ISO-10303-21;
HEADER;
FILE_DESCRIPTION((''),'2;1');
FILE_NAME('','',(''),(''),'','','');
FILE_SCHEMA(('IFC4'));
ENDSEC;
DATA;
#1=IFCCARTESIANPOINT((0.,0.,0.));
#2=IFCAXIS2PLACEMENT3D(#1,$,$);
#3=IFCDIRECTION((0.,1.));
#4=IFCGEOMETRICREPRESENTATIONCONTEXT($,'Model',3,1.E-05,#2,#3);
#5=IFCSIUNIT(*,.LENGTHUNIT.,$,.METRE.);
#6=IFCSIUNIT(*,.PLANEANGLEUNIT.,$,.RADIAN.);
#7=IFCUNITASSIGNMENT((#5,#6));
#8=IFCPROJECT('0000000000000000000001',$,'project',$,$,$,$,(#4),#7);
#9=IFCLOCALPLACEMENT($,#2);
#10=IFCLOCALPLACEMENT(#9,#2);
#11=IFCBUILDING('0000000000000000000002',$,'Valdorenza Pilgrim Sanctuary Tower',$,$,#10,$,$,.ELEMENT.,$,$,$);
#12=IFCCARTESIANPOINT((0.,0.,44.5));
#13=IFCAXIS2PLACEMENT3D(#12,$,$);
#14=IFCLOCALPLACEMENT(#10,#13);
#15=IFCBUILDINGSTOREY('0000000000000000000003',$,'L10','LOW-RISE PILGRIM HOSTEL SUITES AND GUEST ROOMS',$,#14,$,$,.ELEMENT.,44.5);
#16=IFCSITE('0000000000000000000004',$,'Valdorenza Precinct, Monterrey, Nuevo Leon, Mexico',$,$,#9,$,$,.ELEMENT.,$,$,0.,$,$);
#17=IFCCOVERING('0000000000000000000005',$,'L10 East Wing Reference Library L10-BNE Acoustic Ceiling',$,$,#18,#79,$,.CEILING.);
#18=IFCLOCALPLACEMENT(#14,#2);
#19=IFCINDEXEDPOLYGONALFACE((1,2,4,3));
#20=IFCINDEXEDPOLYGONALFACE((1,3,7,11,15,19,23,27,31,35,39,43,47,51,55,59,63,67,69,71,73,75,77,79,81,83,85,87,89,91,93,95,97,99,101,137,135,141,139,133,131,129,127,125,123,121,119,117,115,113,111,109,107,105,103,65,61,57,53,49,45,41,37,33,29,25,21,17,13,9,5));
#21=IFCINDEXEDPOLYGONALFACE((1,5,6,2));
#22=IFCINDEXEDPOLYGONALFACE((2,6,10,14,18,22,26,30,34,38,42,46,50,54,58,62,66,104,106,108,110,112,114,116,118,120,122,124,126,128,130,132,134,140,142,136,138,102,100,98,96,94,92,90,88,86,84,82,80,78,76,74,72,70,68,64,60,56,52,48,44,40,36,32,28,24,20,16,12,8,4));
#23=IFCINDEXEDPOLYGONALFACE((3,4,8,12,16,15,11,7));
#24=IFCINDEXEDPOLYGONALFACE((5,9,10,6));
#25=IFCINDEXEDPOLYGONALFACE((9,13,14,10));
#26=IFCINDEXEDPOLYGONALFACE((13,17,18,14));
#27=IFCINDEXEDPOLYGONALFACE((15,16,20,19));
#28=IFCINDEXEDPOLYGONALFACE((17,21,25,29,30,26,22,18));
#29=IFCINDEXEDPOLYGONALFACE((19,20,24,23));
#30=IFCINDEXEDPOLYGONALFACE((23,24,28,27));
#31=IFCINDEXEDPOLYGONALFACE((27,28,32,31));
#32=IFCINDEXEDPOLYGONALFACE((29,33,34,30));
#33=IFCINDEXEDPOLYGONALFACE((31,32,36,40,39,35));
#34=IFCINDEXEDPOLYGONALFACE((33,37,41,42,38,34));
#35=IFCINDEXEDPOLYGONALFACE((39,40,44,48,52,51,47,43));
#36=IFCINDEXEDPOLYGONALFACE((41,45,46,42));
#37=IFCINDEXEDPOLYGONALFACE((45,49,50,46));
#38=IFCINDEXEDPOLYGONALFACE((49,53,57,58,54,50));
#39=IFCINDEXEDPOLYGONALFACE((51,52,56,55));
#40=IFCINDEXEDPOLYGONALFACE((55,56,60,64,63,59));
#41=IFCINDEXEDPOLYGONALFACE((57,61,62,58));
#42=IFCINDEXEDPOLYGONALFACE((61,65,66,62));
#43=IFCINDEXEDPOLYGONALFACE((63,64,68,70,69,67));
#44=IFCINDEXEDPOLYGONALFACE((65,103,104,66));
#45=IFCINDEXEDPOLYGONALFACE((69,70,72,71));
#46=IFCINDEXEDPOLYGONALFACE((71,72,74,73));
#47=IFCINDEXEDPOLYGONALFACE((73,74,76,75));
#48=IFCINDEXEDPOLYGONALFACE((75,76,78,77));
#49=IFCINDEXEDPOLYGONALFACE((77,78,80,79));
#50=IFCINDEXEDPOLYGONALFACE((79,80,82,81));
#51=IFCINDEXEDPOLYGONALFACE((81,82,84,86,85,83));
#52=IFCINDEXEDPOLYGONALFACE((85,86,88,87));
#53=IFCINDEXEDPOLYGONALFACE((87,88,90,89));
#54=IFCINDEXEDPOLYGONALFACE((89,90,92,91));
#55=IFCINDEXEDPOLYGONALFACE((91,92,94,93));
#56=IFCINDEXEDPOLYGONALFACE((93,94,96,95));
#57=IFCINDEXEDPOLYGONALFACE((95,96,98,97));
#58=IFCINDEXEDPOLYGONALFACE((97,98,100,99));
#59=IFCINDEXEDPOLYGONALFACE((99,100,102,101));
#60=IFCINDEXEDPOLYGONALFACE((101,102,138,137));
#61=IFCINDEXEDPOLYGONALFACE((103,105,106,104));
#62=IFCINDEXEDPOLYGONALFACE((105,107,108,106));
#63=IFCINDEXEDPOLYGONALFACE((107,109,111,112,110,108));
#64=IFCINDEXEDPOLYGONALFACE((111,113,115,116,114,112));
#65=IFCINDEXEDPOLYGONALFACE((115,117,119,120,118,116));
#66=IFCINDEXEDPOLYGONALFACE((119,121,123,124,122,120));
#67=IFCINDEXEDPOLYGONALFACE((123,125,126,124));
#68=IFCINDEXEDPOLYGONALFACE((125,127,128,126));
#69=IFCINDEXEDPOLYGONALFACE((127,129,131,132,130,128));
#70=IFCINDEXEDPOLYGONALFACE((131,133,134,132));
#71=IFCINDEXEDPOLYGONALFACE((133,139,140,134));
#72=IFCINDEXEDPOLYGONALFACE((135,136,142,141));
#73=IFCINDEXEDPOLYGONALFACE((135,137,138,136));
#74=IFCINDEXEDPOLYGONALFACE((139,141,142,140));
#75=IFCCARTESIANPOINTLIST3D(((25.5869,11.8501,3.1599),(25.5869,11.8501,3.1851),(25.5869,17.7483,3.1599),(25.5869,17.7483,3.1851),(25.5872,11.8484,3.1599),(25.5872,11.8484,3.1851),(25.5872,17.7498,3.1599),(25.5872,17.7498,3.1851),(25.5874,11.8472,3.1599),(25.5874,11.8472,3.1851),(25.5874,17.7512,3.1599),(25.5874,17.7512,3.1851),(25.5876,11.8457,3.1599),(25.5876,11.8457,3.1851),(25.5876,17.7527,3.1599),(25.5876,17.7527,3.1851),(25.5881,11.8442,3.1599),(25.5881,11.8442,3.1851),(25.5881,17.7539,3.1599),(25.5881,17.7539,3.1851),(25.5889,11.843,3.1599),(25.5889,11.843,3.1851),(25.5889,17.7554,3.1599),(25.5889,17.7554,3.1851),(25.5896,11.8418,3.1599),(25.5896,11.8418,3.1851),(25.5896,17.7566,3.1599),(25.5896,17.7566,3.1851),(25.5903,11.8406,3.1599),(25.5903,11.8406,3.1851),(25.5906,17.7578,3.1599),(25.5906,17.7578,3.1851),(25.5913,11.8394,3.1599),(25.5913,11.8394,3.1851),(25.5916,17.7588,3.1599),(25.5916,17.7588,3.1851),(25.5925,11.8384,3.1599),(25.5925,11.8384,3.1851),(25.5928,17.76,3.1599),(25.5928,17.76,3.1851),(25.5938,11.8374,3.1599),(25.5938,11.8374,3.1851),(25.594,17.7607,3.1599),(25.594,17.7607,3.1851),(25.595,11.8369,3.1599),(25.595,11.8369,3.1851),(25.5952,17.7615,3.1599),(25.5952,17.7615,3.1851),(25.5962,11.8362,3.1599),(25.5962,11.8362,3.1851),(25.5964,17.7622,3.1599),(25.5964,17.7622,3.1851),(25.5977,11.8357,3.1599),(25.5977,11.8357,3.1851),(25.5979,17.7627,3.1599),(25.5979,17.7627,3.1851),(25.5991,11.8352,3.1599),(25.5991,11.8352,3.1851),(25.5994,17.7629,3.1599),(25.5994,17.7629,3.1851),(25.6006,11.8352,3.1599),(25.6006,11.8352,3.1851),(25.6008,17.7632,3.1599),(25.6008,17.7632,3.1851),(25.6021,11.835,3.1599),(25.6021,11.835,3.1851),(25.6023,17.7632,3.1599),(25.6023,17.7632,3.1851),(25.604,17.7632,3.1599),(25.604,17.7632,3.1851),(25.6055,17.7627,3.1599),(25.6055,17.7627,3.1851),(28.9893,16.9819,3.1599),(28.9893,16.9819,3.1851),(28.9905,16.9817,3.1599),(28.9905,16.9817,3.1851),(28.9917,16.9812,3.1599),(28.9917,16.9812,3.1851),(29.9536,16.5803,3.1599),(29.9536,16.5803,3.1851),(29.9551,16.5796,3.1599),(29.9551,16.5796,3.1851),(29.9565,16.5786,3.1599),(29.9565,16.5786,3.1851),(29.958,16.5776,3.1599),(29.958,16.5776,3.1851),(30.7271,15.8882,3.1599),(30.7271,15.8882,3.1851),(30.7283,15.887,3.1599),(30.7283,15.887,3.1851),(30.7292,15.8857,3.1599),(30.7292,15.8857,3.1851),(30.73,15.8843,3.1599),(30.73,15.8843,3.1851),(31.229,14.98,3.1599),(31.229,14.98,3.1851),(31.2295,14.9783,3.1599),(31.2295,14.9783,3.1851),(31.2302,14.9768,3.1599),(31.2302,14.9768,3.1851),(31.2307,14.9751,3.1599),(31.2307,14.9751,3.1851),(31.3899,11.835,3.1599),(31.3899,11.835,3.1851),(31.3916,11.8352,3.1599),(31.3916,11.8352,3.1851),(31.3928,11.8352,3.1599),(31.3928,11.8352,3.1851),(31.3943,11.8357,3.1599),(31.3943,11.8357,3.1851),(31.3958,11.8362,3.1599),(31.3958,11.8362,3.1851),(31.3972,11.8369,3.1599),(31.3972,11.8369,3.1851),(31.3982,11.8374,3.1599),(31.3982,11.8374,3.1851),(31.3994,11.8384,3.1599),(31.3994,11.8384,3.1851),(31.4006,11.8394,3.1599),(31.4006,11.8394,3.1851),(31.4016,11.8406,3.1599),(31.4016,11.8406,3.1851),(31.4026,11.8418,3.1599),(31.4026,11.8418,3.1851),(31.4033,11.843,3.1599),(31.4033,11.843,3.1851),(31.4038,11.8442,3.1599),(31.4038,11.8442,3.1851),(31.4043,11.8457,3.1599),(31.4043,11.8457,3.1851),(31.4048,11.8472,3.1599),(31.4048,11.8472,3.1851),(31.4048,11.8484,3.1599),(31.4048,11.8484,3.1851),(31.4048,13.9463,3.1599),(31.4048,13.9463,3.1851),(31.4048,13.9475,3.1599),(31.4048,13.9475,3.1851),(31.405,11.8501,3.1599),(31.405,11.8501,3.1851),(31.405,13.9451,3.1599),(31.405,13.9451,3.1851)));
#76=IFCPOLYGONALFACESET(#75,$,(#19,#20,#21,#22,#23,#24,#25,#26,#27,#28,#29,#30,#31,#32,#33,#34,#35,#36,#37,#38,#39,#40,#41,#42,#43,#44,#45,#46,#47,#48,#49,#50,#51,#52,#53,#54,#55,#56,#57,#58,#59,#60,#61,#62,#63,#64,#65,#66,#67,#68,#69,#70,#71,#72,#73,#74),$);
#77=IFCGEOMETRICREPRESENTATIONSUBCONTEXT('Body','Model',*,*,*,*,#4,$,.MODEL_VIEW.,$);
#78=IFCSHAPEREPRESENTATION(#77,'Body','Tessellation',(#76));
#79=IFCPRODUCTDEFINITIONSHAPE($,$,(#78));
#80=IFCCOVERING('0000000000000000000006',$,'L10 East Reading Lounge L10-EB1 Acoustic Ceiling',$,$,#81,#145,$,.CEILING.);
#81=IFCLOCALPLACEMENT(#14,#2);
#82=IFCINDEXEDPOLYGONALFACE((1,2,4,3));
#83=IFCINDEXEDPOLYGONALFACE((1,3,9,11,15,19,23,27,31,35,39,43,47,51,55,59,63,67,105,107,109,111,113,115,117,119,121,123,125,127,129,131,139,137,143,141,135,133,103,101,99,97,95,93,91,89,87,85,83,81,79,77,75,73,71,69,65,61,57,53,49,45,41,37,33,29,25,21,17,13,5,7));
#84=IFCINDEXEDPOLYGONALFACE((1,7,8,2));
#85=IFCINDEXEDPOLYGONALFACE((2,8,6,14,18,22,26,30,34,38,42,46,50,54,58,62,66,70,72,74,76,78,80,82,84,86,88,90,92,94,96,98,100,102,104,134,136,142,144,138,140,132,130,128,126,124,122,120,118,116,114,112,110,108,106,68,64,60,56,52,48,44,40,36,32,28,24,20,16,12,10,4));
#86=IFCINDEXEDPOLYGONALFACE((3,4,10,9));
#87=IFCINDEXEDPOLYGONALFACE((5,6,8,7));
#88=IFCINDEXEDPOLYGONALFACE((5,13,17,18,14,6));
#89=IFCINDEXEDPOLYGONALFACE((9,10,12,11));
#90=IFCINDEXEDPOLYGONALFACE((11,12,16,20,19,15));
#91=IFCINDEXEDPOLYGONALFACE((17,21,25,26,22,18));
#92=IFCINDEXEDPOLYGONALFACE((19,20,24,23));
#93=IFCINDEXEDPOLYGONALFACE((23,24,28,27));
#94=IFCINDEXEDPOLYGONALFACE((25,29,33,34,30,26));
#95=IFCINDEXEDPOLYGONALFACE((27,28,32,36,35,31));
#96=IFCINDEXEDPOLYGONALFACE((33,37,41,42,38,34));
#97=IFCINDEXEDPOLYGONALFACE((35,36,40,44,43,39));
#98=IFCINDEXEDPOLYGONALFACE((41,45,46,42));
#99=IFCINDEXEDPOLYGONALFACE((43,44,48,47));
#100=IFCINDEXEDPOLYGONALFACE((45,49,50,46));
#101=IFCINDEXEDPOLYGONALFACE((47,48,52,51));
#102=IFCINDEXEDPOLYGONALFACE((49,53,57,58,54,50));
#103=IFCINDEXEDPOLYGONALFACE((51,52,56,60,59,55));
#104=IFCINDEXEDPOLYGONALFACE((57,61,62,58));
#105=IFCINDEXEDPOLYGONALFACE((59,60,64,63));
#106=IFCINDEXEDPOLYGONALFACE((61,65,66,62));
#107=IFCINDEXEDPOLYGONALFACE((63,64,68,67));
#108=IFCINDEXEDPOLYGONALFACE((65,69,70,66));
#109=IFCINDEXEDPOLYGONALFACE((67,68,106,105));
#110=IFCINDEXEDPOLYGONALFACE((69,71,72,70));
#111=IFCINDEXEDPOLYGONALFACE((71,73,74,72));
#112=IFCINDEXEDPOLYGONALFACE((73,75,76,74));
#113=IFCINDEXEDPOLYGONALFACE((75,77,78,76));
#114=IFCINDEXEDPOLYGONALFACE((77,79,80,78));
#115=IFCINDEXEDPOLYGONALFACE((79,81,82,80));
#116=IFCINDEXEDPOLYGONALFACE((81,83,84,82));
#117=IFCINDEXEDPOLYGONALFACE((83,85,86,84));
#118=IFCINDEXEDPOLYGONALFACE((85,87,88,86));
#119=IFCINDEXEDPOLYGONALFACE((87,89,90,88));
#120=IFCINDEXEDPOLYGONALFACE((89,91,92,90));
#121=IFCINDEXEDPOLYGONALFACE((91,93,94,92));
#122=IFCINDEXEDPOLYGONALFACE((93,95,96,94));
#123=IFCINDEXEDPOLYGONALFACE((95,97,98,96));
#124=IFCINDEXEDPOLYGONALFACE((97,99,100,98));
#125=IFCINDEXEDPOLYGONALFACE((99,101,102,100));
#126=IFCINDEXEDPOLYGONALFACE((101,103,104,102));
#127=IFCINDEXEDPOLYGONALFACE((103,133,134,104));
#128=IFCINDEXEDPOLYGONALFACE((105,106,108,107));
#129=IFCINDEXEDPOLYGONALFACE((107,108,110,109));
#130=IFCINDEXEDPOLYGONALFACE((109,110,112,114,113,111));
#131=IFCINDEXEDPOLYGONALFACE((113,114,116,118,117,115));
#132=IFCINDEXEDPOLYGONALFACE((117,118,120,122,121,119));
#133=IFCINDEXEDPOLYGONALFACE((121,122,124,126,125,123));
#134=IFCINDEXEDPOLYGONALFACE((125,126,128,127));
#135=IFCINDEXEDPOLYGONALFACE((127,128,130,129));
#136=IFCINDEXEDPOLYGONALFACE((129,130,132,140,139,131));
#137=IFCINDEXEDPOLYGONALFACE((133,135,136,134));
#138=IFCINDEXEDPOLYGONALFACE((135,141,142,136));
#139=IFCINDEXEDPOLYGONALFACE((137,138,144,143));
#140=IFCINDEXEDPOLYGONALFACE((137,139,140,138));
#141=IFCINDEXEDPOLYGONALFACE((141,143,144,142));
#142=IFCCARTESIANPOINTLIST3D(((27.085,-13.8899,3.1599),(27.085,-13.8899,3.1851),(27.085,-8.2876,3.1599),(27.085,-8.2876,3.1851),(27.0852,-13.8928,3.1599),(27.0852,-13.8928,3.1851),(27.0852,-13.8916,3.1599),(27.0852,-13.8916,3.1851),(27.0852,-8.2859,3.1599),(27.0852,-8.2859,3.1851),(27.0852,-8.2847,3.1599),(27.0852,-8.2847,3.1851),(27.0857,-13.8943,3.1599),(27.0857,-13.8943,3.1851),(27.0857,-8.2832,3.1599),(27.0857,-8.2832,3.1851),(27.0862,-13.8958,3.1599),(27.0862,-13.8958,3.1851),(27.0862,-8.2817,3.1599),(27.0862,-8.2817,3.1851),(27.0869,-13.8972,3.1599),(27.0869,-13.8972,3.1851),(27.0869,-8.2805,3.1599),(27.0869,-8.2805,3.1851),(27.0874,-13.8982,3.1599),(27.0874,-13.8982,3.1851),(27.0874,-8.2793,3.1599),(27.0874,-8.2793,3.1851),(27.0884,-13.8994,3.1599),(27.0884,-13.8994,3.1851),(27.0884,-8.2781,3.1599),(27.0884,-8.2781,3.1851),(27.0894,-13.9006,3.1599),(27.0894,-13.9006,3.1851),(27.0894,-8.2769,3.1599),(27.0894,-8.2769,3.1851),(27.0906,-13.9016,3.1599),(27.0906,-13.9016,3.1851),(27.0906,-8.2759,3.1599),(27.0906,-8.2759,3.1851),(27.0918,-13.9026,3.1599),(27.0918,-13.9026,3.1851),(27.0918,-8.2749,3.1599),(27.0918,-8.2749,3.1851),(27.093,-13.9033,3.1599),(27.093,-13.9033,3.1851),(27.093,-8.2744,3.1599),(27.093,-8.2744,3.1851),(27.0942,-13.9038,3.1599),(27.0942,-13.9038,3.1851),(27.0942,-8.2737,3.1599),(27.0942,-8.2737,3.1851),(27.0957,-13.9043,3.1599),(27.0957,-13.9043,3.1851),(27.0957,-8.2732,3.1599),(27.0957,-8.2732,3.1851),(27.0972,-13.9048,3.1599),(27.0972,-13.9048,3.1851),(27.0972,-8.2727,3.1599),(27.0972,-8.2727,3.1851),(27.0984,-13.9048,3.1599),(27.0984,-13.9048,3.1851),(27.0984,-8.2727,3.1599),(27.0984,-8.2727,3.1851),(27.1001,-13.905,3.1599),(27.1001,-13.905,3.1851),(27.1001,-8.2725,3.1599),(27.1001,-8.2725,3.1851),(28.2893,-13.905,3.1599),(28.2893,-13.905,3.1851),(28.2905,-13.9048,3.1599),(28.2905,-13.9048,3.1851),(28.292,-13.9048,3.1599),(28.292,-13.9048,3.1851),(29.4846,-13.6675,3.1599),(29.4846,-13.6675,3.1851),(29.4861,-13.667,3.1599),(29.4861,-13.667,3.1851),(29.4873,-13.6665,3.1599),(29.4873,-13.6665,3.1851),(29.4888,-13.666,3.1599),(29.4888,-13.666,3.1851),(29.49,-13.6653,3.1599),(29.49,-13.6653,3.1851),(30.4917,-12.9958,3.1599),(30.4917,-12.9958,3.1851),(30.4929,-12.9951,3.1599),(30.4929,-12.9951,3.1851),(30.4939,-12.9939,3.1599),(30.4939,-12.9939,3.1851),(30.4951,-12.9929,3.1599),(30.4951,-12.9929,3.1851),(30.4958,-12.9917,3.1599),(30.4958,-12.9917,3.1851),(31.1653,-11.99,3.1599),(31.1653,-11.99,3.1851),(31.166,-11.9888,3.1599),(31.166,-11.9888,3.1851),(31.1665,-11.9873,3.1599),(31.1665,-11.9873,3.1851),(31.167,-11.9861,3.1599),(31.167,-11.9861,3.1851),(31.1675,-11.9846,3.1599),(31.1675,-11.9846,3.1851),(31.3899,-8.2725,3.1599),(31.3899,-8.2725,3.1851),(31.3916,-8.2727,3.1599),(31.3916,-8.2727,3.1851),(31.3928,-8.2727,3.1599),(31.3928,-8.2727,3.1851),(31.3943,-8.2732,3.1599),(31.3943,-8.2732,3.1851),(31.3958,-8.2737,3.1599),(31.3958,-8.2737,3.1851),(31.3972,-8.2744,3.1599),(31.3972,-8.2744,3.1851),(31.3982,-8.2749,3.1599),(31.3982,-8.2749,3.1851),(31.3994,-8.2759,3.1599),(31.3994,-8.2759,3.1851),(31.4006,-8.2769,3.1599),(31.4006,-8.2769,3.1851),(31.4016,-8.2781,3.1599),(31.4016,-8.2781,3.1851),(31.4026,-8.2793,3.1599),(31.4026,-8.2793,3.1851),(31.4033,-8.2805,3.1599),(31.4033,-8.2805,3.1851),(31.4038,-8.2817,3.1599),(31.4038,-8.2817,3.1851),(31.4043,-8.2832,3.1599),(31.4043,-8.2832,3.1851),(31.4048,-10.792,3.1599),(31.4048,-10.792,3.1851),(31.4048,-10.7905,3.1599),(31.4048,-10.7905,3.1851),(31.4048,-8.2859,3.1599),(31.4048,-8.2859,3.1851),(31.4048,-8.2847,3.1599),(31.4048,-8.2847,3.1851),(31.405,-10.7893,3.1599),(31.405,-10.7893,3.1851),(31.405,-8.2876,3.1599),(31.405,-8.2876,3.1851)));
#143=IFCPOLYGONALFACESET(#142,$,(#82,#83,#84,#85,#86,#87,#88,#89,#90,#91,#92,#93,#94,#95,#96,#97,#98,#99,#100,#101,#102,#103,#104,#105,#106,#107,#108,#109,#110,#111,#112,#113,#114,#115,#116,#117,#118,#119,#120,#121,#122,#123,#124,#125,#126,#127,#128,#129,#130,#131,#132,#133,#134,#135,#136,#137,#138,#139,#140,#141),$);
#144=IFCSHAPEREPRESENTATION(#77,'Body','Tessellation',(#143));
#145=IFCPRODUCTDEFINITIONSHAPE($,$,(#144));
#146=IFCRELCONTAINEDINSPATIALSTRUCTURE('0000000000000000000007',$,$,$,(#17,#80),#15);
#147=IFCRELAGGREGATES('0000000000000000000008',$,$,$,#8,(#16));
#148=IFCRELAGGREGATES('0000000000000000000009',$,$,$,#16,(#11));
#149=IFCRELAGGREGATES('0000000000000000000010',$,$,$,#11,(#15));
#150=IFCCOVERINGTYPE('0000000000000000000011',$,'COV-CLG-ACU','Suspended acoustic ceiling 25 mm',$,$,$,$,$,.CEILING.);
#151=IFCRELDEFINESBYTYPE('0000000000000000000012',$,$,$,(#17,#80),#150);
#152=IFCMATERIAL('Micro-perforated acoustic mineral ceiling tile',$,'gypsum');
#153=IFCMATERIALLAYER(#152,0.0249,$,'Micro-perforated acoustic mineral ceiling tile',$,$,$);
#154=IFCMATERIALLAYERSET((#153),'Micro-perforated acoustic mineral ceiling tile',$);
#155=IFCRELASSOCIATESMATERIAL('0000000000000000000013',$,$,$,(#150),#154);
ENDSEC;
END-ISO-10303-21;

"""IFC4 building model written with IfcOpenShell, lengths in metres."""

from ifc_helpers import new_model, si_unit, direction, frame, origin, place, context, subcontext, project, spatial, polyline, outline, extrude, material, layer, layer_set, type_object, element, save


model = new_model("IFC4")

# Units and contexts
model_context = context("Model", 3, precision=1e-05, world=origin(), true_north=direction((0.0, 1.0)))
body_context = subcontext(model_context, "Body", "Model", "MODEL_VIEW")
ifc_project = project(units=[si_unit("LENGTHUNIT", "METRE"), si_unit("PLANEANGLEUNIT", "RADIAN")], contexts=[model_context])

# Site, building, storey
site_placement = place(None, origin())
site = spatial("IfcSite", under=ifc_project, at=site_placement, Name="Valdorenza Precinct, Monterrey, Nuevo Leon, Mexico", CompositionType="ELEMENT", RefElevation=0.0)
building_placement = place(site_placement, origin())
building = spatial("IfcBuilding", under=site, at=building_placement, Name="Valdorenza Pilgrim Sanctuary Tower", CompositionType="ELEMENT")
storey_placement = place(building_placement, frame((0.0, 0.0, 44.5)))
storey = spatial("IfcBuildingStorey", under=building, at=storey_placement, Name="L10", Description="LOW-RISE PILGRIM HOSTEL SUITES AND GUEST ROOMS", CompositionType="ELEMENT", Elevation=44.5)

# Coverings
ifc_material_1 = material(Name="Micro-perforated acoustic mineral ceiling tile", Category="gypsum")
ifc_layer_1 = layer(ifc_material_1, 0.0249, Name="Micro-perforated acoustic mineral ceiling tile")
ifc_layer_set_1 = layer_set([ifc_layer_1], Name="Micro-perforated acoustic mineral ceiling tile")
covering_type_1 = type_object("IfcCoveringType", Name="COV-CLG-ACU", Description="Suspended acoustic ceiling 25 mm", PredefinedType="CEILING", material=ifc_layer_set_1)
covering_1_placement = place(storey_placement, frame((0.0, 0.0, 3.1599)))
element("IfcCovering", 1, at=covering_1_placement, inside=storey, type_object=covering_type_1, Name="L10 East Wing Reference Library L10-BNE Acoustic Ceiling", PredefinedType="CEILING", context=body_context, shape_type="SweptSolid", body=[
    extrude(outline(polyline([(28.9893, 16.9819), (28.9905, 16.9817), (28.9917, 16.9812), (29.9536, 16.5803), (29.9551, 16.5796), (29.9565, 16.5786), (29.958, 16.5776), (30.7271, 15.8882), (30.7283, 15.887), (30.7292, 15.8857), (30.73, 15.8843), (31.229, 14.98), (31.2295, 14.9783), (31.2302, 14.9768), (31.2307, 14.9751), (31.4048, 13.9475), (31.4048, 13.9463), (31.405, 13.9451), (31.405, 11.8501), (31.4048, 11.8484), (31.4048, 11.8472), (31.4043, 11.8457), (31.4038, 11.8442), (31.4033, 11.843), (31.4026, 11.8418), (31.4016, 11.8406), (31.4006, 11.8394), (31.3994, 11.8384), (31.3982, 11.8374), (31.3972, 11.8369), (31.3958, 11.8362), (31.3943, 11.8357), (31.3928, 11.8352), (31.3916, 11.8352), (31.3899, 11.835), (25.6021, 11.835), (25.6006, 11.8352), (25.5991, 11.8352), (25.5977, 11.8357), (25.5962, 11.8362), (25.595, 11.8369), (25.5938, 11.8374), (25.5925, 11.8384), (25.5913, 11.8394), (25.5903, 11.8406), (25.5896, 11.8418), (25.5889, 11.843), (25.5881, 11.8442), (25.5876, 11.8457), (25.5874, 11.8472), (25.5872, 11.8484), (25.5869, 11.8501), (25.5869, 17.7483), (25.5872, 17.7498), (25.5874, 17.7512), (25.5876, 17.7527), (25.5881, 17.7539), (25.5889, 17.7554), (25.5896, 17.7566), (25.5906, 17.7578), (25.5916, 17.7588), (25.5928, 17.76), (25.594, 17.7607), (25.5952, 17.7615), (25.5964, 17.7622), (25.5979, 17.7627), (25.5994, 17.7629), (25.6008, 17.7632), (25.6023, 17.7632), (25.604, 17.7632), (25.6055, 17.7627), (28.9893, 16.9819)])), origin(), (0.0, 0.0, 1.0), 0.0251),
])
covering_2_placement = place(storey_placement, frame((0.0, 0.0, 3.1599)))
element("IfcCovering", 2, at=covering_2_placement, inside=storey, type_object=covering_type_1, Name="L10 East Reading Lounge L10-EB1 Acoustic Ceiling", PredefinedType="CEILING", context=body_context, shape_type="SweptSolid", body=[
    extrude(outline(polyline([(31.3899, -8.2725), (31.3916, -8.2727), (31.3928, -8.2727), (31.3943, -8.2732), (31.3958, -8.2737), (31.3972, -8.2744), (31.3982, -8.2749), (31.3994, -8.2759), (31.4006, -8.2769), (31.4016, -8.2781), (31.4026, -8.2793), (31.4033, -8.2805), (31.4038, -8.2817), (31.4043, -8.2832), (31.4048, -8.2847), (31.4048, -8.2859), (31.405, -8.2876), (31.405, -10.7893), (31.4048, -10.7905), (31.4048, -10.792), (31.1675, -11.9846), (31.167, -11.9861), (31.1665, -11.9873), (31.166, -11.9888), (31.1653, -11.99), (30.4958, -12.9917), (30.4951, -12.9929), (30.4939, -12.9939), (30.4929, -12.9951), (30.4917, -12.9958), (29.49, -13.6653), (29.4888, -13.666), (29.4873, -13.6665), (29.4861, -13.667), (29.4846, -13.6675), (28.292, -13.9048), (28.2905, -13.9048), (28.2893, -13.905), (27.1001, -13.905), (27.0984, -13.9048), (27.0972, -13.9048), (27.0957, -13.9043), (27.0942, -13.9038), (27.093, -13.9033), (27.0918, -13.9026), (27.0906, -13.9016), (27.0894, -13.9006), (27.0884, -13.8994), (27.0874, -13.8982), (27.0869, -13.8972), (27.0862, -13.8958), (27.0857, -13.8943), (27.0852, -13.8928), (27.0852, -13.8916), (27.085, -13.8899), (27.085, -8.2876), (27.0852, -8.2859), (27.0852, -8.2847), (27.0857, -8.2832), (27.0862, -8.2817), (27.0869, -8.2805), (27.0874, -8.2793), (27.0884, -8.2781), (27.0894, -8.2769), (27.0906, -8.2759), (27.0918, -8.2749), (27.093, -8.2744), (27.0942, -8.2737), (27.0957, -8.2732), (27.0972, -8.2727), (27.0984, -8.2727), (27.1001, -8.2725), (31.3899, -8.2725)])), origin(), (0.0, 0.0, 1.0), 0.0251),
])

save(model, "model.ifc")
